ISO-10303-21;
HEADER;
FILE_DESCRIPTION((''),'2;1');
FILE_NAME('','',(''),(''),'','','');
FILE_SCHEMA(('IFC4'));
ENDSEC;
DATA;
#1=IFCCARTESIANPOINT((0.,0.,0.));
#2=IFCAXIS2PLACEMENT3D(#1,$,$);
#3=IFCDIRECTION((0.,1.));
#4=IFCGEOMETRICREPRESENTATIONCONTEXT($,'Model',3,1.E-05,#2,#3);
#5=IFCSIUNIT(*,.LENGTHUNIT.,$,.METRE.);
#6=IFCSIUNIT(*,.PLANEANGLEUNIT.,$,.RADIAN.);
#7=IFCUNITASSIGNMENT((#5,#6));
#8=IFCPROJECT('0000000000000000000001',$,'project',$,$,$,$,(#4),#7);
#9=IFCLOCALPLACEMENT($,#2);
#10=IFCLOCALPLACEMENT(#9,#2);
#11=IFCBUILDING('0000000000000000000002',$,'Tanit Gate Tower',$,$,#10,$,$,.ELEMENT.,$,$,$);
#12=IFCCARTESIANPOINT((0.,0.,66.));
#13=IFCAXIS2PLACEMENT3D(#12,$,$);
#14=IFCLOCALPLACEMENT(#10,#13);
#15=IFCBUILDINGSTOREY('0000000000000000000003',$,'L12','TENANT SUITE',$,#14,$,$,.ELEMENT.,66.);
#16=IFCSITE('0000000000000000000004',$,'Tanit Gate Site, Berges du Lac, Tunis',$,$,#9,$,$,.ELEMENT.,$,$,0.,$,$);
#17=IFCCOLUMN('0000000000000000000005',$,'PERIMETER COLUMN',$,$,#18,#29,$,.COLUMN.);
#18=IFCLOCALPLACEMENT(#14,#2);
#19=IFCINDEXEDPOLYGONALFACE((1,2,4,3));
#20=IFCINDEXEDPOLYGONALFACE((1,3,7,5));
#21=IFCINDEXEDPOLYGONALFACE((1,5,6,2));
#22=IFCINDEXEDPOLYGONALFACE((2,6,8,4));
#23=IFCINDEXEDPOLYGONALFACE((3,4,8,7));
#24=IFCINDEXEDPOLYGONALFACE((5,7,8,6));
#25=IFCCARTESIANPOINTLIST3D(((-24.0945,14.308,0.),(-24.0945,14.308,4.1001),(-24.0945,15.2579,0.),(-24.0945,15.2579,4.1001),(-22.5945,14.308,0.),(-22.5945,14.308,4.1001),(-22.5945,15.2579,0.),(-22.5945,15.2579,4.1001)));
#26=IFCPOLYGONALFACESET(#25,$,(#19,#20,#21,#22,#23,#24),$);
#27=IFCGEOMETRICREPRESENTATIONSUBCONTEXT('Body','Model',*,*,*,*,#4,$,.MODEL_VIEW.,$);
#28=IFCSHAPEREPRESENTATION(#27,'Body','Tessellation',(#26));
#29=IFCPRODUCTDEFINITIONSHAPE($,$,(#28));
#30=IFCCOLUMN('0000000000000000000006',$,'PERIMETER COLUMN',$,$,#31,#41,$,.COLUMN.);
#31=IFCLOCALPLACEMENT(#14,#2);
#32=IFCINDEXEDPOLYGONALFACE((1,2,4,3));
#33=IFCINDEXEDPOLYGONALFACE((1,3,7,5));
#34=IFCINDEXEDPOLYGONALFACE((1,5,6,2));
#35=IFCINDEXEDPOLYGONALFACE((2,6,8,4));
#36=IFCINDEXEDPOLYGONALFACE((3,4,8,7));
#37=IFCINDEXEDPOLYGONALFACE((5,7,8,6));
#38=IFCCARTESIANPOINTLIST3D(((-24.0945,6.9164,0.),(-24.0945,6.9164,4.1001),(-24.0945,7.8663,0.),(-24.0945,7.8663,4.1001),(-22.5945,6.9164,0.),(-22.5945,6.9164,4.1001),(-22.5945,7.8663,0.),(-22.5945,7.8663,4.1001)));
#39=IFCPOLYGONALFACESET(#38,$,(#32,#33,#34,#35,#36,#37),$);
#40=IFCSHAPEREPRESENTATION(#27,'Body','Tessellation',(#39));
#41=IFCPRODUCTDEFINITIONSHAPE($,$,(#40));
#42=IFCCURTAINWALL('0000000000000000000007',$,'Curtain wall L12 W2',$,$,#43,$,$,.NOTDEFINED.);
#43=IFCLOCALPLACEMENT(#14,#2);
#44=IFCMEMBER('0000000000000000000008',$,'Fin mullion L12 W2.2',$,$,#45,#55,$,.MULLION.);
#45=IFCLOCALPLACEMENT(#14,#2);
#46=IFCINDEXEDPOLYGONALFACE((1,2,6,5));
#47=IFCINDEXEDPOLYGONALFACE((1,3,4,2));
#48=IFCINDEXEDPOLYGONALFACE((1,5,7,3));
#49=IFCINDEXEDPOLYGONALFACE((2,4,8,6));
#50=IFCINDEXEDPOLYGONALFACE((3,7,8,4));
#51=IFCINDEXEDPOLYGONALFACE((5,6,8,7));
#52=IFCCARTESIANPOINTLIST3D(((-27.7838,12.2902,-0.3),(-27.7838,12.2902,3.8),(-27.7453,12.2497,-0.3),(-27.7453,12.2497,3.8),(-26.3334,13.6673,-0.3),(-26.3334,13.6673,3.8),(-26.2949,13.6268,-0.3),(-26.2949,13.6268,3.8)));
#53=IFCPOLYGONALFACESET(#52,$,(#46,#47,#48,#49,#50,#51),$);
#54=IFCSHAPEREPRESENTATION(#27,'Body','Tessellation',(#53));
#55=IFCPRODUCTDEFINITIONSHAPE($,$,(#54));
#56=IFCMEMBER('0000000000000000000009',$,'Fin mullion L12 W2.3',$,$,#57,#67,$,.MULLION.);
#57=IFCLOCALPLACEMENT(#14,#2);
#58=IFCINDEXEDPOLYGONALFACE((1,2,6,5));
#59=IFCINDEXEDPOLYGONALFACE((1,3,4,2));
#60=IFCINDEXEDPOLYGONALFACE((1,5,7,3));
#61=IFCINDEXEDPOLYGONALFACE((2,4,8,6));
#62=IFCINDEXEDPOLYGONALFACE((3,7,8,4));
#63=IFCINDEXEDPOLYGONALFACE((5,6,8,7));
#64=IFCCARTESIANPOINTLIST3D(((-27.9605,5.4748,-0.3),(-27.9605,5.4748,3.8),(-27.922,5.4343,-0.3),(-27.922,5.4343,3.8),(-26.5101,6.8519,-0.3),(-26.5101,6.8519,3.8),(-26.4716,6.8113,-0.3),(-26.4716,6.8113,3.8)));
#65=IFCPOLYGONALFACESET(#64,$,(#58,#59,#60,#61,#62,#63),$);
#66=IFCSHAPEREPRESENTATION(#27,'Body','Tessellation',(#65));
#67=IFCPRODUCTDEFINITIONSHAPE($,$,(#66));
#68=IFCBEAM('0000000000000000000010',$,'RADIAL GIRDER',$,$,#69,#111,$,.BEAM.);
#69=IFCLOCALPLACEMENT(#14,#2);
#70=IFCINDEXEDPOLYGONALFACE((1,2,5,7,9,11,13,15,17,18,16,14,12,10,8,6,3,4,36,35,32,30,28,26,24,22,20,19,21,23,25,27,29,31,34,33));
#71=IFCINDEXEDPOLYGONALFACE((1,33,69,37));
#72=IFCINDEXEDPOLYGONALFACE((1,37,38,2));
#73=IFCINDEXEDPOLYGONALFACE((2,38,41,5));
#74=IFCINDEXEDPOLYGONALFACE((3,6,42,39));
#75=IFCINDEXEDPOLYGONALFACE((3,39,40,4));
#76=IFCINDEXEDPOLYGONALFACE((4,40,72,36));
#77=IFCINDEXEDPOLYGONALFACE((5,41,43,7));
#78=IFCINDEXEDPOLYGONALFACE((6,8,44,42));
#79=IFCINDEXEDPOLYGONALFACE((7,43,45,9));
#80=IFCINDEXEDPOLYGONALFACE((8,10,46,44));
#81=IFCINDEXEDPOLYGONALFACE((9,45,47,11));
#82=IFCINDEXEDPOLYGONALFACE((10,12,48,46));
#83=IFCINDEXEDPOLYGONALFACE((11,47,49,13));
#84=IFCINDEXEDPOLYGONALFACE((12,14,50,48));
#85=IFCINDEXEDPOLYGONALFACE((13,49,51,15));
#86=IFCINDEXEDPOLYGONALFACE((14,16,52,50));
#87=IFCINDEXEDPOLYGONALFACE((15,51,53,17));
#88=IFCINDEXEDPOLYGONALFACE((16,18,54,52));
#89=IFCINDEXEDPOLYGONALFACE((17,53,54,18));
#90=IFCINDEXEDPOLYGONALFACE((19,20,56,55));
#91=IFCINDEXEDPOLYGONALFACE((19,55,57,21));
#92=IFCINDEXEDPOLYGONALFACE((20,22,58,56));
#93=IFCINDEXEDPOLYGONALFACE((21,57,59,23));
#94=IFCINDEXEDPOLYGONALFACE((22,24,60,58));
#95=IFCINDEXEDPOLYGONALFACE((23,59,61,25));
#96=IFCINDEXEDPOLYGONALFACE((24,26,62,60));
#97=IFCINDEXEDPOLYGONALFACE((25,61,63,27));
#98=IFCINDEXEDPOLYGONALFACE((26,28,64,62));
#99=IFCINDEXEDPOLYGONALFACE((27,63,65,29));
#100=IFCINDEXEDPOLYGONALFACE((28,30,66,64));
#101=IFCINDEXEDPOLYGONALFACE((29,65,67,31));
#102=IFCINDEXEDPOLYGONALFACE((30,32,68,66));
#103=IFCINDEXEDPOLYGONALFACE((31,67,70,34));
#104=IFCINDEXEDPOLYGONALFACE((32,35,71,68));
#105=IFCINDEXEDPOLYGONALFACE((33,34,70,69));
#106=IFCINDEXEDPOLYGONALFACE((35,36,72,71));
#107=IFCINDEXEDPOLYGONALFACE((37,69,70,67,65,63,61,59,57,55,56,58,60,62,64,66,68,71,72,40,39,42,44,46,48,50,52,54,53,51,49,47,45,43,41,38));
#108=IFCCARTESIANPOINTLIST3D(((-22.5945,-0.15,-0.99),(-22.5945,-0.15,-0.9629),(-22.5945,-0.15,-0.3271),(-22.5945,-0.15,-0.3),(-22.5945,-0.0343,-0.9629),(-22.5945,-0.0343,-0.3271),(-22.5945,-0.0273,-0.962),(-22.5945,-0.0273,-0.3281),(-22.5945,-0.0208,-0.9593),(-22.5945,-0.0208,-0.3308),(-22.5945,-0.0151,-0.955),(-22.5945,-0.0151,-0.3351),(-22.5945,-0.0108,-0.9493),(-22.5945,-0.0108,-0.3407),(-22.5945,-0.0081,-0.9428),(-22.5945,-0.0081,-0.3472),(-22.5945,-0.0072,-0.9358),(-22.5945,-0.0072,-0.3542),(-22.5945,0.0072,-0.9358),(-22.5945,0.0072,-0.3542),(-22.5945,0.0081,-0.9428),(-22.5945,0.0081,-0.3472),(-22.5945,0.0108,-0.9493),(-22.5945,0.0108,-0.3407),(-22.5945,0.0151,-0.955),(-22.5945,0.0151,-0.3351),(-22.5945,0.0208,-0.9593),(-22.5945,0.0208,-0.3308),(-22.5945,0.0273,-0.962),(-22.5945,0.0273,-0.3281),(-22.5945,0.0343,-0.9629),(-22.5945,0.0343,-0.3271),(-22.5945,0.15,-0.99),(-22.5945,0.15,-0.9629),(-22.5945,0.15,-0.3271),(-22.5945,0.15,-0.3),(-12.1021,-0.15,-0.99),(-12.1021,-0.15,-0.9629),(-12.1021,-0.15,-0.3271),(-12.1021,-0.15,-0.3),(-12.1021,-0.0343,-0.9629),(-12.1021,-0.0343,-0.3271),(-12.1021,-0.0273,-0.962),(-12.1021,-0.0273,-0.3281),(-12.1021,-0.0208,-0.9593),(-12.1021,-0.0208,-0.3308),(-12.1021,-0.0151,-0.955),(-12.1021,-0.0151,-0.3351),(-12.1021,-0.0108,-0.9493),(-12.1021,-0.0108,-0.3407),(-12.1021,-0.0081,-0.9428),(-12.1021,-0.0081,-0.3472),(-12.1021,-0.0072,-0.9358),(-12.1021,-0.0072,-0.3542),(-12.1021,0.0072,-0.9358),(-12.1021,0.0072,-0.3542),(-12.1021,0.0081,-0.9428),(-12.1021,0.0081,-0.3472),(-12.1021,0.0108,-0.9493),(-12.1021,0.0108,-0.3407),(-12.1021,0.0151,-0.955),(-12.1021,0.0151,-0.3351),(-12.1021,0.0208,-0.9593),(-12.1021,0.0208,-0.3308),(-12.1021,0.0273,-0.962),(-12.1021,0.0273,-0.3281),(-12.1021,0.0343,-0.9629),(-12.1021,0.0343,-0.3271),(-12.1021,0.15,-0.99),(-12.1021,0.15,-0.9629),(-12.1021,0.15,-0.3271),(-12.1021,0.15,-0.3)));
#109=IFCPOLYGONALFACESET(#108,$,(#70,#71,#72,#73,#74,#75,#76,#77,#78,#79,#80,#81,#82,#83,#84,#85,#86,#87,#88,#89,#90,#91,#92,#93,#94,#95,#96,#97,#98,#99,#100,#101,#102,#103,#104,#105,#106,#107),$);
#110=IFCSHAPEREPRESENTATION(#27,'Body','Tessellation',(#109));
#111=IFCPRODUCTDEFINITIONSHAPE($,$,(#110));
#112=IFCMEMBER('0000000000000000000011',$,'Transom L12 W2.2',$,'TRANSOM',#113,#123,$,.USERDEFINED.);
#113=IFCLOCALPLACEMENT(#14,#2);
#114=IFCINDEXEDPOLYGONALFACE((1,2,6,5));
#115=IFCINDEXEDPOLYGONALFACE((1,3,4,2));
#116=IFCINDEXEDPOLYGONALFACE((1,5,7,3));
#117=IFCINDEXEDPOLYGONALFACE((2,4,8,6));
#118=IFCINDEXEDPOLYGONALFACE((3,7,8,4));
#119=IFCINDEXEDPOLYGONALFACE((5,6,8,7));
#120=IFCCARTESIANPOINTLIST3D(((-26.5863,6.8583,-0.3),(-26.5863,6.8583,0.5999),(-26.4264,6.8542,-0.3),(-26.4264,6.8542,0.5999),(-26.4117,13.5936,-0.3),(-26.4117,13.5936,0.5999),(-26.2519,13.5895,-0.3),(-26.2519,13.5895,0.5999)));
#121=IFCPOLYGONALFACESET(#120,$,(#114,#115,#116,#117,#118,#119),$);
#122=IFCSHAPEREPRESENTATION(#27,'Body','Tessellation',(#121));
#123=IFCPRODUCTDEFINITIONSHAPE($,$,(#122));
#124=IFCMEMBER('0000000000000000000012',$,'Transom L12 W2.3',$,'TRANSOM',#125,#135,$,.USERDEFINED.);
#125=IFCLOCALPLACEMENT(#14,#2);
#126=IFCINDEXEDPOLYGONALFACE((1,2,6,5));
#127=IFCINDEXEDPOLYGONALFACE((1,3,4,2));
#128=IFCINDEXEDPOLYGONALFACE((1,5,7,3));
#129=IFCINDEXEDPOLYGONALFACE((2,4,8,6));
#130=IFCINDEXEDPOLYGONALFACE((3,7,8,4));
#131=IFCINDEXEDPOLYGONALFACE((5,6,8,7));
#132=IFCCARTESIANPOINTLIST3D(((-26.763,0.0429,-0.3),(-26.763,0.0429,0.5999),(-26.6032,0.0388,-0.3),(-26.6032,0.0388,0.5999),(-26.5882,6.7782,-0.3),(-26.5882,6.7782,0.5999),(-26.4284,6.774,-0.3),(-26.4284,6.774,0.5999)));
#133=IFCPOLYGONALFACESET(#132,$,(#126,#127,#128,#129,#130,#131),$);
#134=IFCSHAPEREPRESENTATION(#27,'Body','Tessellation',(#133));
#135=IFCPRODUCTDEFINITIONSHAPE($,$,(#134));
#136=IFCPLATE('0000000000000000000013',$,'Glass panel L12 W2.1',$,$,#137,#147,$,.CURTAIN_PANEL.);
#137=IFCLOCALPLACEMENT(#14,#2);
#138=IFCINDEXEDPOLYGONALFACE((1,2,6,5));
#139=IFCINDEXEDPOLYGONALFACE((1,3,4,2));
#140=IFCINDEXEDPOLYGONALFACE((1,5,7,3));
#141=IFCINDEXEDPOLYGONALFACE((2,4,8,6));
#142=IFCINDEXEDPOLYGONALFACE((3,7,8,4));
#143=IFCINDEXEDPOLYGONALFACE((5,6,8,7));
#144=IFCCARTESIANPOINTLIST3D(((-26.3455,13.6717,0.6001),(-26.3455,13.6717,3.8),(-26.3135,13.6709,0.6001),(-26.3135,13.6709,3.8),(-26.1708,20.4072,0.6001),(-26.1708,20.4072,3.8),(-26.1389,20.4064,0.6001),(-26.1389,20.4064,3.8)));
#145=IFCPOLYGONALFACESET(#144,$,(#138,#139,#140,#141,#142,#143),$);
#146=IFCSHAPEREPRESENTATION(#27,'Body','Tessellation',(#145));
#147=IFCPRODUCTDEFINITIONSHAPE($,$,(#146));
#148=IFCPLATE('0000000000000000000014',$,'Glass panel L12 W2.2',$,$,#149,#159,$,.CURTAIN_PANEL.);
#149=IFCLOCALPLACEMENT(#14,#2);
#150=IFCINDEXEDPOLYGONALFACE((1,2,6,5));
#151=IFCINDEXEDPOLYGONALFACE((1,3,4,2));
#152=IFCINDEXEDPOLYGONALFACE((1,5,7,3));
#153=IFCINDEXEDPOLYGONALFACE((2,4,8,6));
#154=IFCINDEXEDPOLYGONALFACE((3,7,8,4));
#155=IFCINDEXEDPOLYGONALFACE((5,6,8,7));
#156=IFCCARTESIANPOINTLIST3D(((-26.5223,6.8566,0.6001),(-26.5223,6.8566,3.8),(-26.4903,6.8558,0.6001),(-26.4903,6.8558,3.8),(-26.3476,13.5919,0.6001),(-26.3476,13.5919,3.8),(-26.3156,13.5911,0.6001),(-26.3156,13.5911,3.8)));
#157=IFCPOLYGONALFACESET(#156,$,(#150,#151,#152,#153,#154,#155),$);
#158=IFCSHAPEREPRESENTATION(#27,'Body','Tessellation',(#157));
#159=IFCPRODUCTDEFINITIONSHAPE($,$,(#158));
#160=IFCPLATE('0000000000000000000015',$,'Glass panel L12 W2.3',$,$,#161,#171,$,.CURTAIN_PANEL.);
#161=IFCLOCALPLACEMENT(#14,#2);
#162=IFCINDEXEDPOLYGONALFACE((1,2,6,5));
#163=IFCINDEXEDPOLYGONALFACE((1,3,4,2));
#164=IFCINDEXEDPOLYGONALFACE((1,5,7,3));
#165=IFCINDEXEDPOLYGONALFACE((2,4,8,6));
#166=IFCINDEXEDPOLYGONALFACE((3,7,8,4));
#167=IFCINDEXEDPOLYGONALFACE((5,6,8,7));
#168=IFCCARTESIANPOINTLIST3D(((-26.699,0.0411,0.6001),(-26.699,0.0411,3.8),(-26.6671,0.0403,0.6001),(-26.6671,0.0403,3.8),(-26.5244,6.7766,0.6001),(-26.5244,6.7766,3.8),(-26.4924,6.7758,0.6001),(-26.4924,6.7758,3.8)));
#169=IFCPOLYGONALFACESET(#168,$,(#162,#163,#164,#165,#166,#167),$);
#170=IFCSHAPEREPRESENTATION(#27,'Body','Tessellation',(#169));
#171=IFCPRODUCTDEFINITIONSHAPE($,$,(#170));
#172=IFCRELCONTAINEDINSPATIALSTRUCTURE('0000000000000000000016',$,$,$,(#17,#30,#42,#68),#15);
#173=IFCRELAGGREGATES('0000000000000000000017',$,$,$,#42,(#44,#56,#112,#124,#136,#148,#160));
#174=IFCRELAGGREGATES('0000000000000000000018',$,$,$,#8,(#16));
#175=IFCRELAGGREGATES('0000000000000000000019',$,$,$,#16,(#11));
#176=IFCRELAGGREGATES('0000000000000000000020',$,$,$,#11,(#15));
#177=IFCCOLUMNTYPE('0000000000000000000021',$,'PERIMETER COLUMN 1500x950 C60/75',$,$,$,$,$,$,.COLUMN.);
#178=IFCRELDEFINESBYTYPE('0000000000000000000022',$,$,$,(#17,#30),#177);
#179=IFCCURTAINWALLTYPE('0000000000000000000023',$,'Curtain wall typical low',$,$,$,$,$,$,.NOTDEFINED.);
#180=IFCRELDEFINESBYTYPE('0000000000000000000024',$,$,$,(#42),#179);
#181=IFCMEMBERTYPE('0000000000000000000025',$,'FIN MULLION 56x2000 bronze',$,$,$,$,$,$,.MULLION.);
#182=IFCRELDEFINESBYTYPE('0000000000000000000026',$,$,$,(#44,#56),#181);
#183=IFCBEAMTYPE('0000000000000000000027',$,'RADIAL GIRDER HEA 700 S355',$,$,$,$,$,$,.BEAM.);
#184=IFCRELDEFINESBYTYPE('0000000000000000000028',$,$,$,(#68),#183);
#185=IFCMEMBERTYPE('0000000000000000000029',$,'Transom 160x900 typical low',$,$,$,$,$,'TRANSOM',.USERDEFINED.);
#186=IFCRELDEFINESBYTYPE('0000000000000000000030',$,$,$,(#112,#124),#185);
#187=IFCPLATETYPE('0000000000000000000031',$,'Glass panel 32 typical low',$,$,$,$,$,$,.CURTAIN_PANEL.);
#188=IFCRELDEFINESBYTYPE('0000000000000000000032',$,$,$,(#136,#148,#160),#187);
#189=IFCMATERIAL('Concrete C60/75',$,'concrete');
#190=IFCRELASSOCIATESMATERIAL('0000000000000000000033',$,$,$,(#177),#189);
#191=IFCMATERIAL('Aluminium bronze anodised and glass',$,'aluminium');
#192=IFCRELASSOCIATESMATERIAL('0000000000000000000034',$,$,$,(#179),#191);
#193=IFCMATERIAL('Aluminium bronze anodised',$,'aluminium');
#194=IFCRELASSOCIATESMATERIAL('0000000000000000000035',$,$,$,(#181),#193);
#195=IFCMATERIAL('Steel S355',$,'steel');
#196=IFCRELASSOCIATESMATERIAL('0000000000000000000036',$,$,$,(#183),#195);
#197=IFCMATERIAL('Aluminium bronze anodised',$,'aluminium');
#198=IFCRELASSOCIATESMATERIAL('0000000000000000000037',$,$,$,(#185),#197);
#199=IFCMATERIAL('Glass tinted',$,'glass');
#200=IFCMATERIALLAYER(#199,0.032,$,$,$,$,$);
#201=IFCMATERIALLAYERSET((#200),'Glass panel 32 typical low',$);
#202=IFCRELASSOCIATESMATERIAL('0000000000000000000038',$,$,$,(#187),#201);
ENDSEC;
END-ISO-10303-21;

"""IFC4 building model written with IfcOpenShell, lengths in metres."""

from ifc_helpers import new_model, si_unit, direction, frame, origin, origin_2d, place, context, subcontext, project, spatial, rectangle, i_section, extrude, material, layer, layer_set, material_profile, profile_set, type_object, element, aggregate, save


model = new_model("IFC4")

# Units and contexts
model_context = context("Model", 3, precision=1e-05, world=origin(), true_north=direction((0.0, 1.0)))
body_context = subcontext(model_context, "Body", "Model", "MODEL_VIEW")
ifc_project = project(units=[si_unit("LENGTHUNIT", "METRE"), si_unit("PLANEANGLEUNIT", "RADIAN")], contexts=[model_context])

# Site, building, storey
site_placement = place(None, origin())
site = spatial("IfcSite", under=ifc_project, at=site_placement, Name="Tanit Gate Site, Berges du Lac, Tunis", CompositionType="ELEMENT", RefElevation=0.0)
building_placement = place(site_placement, origin())
building = spatial("IfcBuilding", under=site, at=building_placement, Name="Tanit Gate Tower", CompositionType="ELEMENT")
storey_placement = place(building_placement, frame((0.0, 0.0, 66.0)))
storey = spatial("IfcBuildingStorey", under=building, at=storey_placement, Name="L12", Description="TENANT SUITE", CompositionType="ELEMENT", Elevation=66.0)

# Columns
ifc_material_1 = material(Name="Concrete C60/75", Category="concrete")
ifc_material_profile_1 = material_profile(ifc_material_1, rectangle(XDim=1.5, YDim=0.95, at=origin_2d()), Name="RC 1500x950")
ifc_profile_set_1 = profile_set([ifc_material_profile_1], Name="Concrete C60/75")
column_type = type_object("IfcColumnType", Name="PERIMETER COLUMN 1500x950 C60/75", PredefinedType="COLUMN", material=ifc_profile_set_1)
for number, where, z_axis, x_axis, name in (
    (1, (-23.3445, 14.783, 0.0), (0.0, 0.0, 1.0), (-1.0, 0.0, 0.0), "PERIMETER COLUMN"),
    (2, (-23.3445, 7.3914, 0.0), (0.0, 0.0, 1.0), (-1.0, 0.0, 0.0), "PERIMETER COLUMN"),
):
    element("IfcColumn", number, at=place(storey_placement, frame(where, z_axis=z_axis, x_axis=x_axis)), inside=storey, type_object=column_type, Name=name, PredefinedType="COLUMN", context=body_context, shape_type="SweptSolid", body=[
        extrude(rectangle(XDim=1.5, YDim=0.95, at=origin_2d()), origin(), (0.0, 0.0, 1.0), 4.1001),
    ])

# Curtain wall, members
ifc_material_2 = material(Name="Aluminium bronze anodised and glass", Category="aluminium")
curtain_wall_type = type_object("IfcCurtainWallType", Name="Curtain wall typical low", PredefinedType="NOTDEFINED", material=ifc_material_2)
curtain_wall_placement = place(storey_placement, origin())
curtain_wall = element("IfcCurtainWall", 3, at=curtain_wall_placement, inside=storey, type_object=curtain_wall_type, Name="Curtain wall L12 W2", PredefinedType="NOTDEFINED")
ifc_material_3 = material(Name="Aluminium bronze anodised", Category="aluminium")
ifc_material_profile_2 = material_profile(ifc_material_3, rectangle(XDim=2.0, YDim=0.0559, at=origin_2d()), Name="56x2000 bronze fin mullion")
ifc_profile_set_2 = profile_set([ifc_material_profile_2], Name="Aluminium bronze anodised")
member_type_1 = type_object("IfcMemberType", Name="FIN MULLION 56x2000 bronze", PredefinedType="MULLION", material=ifc_profile_set_2)
member_1_placement = place(storey_placement, frame((-27.0393, 12.9585, -0.3), z_axis=(0.0, 0.0, 1.0), x_axis=(0.7252, 0.688538, 0.0)))
member_1 = element("IfcMember", 4, at=member_1_placement, type_object=member_type_1, Name="Fin mullion L12 W2.2", PredefinedType="MULLION", context=body_context, shape_type="SweptSolid", body=[
    extrude(rectangle(XDim=2.0, YDim=0.0559, at=origin_2d()), origin(), (0.0, 0.0, 1.0), 4.1001),
])
member_2_placement = place(storey_placement, frame((-27.2161, 6.1431, -0.3), z_axis=(0.0, 0.0, 1.0), x_axis=(0.7252, 0.688538, 0.0)))
member_2 = element("IfcMember", 5, at=member_2_placement, type_object=member_type_1, Name="Fin mullion L12 W2.3", PredefinedType="MULLION", context=body_context, shape_type="SweptSolid", body=[
    extrude(rectangle(XDim=2.0, YDim=0.0559, at=origin_2d()), origin(), (0.0, 0.0, 1.0), 4.1001),
])

# Beam
ifc_material_4 = material(Name="Steel S355", Category="steel")
ifc_material_profile_3 = material_profile(ifc_material_4, i_section(OverallWidth=0.3, OverallDepth=0.6899, WebThickness=0.0144, FlangeThickness=0.0271, FilletRadius=0.0271, at=origin_2d()), Name="HEA 700")
ifc_profile_set_3 = profile_set([ifc_material_profile_3], Name="Steel S355")
beam_type = type_object("IfcBeamType", Name="RADIAL GIRDER HEA 700 S355", PredefinedType="BEAM", material=ifc_profile_set_3)
beam_placement = place(storey_placement, frame((-22.5945, 0.0, -0.645), z_axis=(1.0, 0.0, 0.0), x_axis=(0.0, 1.0, 0.0)))
element("IfcBeam", 6, at=beam_placement, inside=storey, type_object=beam_type, Name="RADIAL GIRDER", PredefinedType="BEAM", context=body_context, shape_type="SweptSolid", body=[
    extrude(i_section(OverallWidth=0.3, OverallDepth=0.6899, WebThickness=0.0144, FlangeThickness=0.0271, FilletRadius=0.0271, at=origin_2d()), origin(), (0.0, 0.0, 1.0), 10.4924),
])

# Members
ifc_material_5 = material(Name="Aluminium bronze anodised", Category="aluminium")
ifc_material_profile_4 = material_profile(ifc_material_5, rectangle(XDim=0.1599, YDim=0.8999, at=origin_2d()), Name="160x900 bronze transom")
ifc_profile_set_4 = profile_set([ifc_material_profile_4], Name="Aluminium bronze anodised")
member_type_2 = type_object("IfcMemberType", Name="Transom 160x900 typical low", ElementType="TRANSOM", PredefinedType="USERDEFINED", material=ifc_profile_set_4)
member_3_placement = place(storey_placement, frame((-26.3318, 13.5916, 0.1499), z_axis=(-0.025908, -0.999664, 0.0), x_axis=(0.999664, -0.025908, 0.0)))
member_3 = element("IfcMember", 7, at=member_3_placement, type_object=member_type_2, Name="Transom L12 W2.2", ObjectType="TRANSOM", PredefinedType="USERDEFINED", context=body_context, shape_type="SweptSolid", body=[
    extrude(rectangle(XDim=0.1599, YDim=0.8999, at=origin_2d()), origin(), (0.0, 0.0, 1.0), 6.7375),
])
member_4_placement = place(storey_placement, frame((-26.5083, 6.7761, 0.1499), z_axis=(-0.025945, -0.999663, 0.0), x_axis=(0.999663, -0.025945, 0.0)))
member_4 = element("IfcMember", 8, at=member_4_placement, type_object=member_type_2, Name="Transom L12 W2.3", ObjectType="TRANSOM", PredefinedType="USERDEFINED", context=body_context, shape_type="SweptSolid", body=[
    extrude(rectangle(XDim=0.1599, YDim=0.8999, at=origin_2d()), origin(), (0.0, 0.0, 1.0), 6.7375),
])

# Plates
ifc_material_6 = material(Name="Glass tinted", Category="glass")
ifc_layer = layer(ifc_material_6, 0.032)
ifc_layer_set = layer_set([ifc_layer], Name="Glass panel 32 typical low")
plate_type = type_object("IfcPlateType", Name="Glass panel 32 typical low", PredefinedType="CURTAIN_PANEL", material=ifc_layer_set)
plate_1_placement = place(storey_placement, frame((-26.2422, 17.0391, 0.6001), z_axis=(0.0, 0.0, 1.0), x_axis=(-0.025924, -0.999664, 0.0)))
plate_1 = element("IfcPlate", 9, at=plate_1_placement, type_object=plate_type, Name="Glass panel L12 W2.1", PredefinedType="CURTAIN_PANEL", context=body_context, shape_type="SweptSolid", body=[
    extrude(rectangle(XDim=6.7378, YDim=0.032, at=origin_2d()), origin(), (0.0, 0.0, 1.0), 3.2),
])
plate_2_placement = place(storey_placement, frame((-26.4189, 10.2239, 0.6001), z_axis=(0.0, 0.0, 1.0), x_axis=(-0.025924, -0.999664, 0.0)))
plate_2 = element("IfcPlate", 10, at=plate_2_placement, type_object=plate_type, Name="Glass panel L12 W2.2", PredefinedType="CURTAIN_PANEL", context=body_context, shape_type="SweptSolid", body=[
    extrude(rectangle(XDim=6.7375, YDim=0.032, at=origin_2d()), origin(), (0.0, 0.0, 1.0), 3.2),
])
plate_3_placement = place(storey_placement, frame((-26.5957, 3.4084, 0.6001), z_axis=(0.0, 0.0, 1.0), x_axis=(-0.025924, -0.999664, 0.0)))
plate_3 = element("IfcPlate", 11, at=plate_3_placement, type_object=plate_type, Name="Glass panel L12 W2.3", PredefinedType="CURTAIN_PANEL", context=body_context, shape_type="SweptSolid", body=[
    extrude(rectangle(XDim=6.7378, YDim=0.032, at=origin_2d()), origin(), (0.0, 0.0, 1.0), 3.2),
])
aggregate(curtain_wall, [member_1, member_2, member_3, member_4, plate_1, plate_2, plate_3])

save(model, "model.ifc")
